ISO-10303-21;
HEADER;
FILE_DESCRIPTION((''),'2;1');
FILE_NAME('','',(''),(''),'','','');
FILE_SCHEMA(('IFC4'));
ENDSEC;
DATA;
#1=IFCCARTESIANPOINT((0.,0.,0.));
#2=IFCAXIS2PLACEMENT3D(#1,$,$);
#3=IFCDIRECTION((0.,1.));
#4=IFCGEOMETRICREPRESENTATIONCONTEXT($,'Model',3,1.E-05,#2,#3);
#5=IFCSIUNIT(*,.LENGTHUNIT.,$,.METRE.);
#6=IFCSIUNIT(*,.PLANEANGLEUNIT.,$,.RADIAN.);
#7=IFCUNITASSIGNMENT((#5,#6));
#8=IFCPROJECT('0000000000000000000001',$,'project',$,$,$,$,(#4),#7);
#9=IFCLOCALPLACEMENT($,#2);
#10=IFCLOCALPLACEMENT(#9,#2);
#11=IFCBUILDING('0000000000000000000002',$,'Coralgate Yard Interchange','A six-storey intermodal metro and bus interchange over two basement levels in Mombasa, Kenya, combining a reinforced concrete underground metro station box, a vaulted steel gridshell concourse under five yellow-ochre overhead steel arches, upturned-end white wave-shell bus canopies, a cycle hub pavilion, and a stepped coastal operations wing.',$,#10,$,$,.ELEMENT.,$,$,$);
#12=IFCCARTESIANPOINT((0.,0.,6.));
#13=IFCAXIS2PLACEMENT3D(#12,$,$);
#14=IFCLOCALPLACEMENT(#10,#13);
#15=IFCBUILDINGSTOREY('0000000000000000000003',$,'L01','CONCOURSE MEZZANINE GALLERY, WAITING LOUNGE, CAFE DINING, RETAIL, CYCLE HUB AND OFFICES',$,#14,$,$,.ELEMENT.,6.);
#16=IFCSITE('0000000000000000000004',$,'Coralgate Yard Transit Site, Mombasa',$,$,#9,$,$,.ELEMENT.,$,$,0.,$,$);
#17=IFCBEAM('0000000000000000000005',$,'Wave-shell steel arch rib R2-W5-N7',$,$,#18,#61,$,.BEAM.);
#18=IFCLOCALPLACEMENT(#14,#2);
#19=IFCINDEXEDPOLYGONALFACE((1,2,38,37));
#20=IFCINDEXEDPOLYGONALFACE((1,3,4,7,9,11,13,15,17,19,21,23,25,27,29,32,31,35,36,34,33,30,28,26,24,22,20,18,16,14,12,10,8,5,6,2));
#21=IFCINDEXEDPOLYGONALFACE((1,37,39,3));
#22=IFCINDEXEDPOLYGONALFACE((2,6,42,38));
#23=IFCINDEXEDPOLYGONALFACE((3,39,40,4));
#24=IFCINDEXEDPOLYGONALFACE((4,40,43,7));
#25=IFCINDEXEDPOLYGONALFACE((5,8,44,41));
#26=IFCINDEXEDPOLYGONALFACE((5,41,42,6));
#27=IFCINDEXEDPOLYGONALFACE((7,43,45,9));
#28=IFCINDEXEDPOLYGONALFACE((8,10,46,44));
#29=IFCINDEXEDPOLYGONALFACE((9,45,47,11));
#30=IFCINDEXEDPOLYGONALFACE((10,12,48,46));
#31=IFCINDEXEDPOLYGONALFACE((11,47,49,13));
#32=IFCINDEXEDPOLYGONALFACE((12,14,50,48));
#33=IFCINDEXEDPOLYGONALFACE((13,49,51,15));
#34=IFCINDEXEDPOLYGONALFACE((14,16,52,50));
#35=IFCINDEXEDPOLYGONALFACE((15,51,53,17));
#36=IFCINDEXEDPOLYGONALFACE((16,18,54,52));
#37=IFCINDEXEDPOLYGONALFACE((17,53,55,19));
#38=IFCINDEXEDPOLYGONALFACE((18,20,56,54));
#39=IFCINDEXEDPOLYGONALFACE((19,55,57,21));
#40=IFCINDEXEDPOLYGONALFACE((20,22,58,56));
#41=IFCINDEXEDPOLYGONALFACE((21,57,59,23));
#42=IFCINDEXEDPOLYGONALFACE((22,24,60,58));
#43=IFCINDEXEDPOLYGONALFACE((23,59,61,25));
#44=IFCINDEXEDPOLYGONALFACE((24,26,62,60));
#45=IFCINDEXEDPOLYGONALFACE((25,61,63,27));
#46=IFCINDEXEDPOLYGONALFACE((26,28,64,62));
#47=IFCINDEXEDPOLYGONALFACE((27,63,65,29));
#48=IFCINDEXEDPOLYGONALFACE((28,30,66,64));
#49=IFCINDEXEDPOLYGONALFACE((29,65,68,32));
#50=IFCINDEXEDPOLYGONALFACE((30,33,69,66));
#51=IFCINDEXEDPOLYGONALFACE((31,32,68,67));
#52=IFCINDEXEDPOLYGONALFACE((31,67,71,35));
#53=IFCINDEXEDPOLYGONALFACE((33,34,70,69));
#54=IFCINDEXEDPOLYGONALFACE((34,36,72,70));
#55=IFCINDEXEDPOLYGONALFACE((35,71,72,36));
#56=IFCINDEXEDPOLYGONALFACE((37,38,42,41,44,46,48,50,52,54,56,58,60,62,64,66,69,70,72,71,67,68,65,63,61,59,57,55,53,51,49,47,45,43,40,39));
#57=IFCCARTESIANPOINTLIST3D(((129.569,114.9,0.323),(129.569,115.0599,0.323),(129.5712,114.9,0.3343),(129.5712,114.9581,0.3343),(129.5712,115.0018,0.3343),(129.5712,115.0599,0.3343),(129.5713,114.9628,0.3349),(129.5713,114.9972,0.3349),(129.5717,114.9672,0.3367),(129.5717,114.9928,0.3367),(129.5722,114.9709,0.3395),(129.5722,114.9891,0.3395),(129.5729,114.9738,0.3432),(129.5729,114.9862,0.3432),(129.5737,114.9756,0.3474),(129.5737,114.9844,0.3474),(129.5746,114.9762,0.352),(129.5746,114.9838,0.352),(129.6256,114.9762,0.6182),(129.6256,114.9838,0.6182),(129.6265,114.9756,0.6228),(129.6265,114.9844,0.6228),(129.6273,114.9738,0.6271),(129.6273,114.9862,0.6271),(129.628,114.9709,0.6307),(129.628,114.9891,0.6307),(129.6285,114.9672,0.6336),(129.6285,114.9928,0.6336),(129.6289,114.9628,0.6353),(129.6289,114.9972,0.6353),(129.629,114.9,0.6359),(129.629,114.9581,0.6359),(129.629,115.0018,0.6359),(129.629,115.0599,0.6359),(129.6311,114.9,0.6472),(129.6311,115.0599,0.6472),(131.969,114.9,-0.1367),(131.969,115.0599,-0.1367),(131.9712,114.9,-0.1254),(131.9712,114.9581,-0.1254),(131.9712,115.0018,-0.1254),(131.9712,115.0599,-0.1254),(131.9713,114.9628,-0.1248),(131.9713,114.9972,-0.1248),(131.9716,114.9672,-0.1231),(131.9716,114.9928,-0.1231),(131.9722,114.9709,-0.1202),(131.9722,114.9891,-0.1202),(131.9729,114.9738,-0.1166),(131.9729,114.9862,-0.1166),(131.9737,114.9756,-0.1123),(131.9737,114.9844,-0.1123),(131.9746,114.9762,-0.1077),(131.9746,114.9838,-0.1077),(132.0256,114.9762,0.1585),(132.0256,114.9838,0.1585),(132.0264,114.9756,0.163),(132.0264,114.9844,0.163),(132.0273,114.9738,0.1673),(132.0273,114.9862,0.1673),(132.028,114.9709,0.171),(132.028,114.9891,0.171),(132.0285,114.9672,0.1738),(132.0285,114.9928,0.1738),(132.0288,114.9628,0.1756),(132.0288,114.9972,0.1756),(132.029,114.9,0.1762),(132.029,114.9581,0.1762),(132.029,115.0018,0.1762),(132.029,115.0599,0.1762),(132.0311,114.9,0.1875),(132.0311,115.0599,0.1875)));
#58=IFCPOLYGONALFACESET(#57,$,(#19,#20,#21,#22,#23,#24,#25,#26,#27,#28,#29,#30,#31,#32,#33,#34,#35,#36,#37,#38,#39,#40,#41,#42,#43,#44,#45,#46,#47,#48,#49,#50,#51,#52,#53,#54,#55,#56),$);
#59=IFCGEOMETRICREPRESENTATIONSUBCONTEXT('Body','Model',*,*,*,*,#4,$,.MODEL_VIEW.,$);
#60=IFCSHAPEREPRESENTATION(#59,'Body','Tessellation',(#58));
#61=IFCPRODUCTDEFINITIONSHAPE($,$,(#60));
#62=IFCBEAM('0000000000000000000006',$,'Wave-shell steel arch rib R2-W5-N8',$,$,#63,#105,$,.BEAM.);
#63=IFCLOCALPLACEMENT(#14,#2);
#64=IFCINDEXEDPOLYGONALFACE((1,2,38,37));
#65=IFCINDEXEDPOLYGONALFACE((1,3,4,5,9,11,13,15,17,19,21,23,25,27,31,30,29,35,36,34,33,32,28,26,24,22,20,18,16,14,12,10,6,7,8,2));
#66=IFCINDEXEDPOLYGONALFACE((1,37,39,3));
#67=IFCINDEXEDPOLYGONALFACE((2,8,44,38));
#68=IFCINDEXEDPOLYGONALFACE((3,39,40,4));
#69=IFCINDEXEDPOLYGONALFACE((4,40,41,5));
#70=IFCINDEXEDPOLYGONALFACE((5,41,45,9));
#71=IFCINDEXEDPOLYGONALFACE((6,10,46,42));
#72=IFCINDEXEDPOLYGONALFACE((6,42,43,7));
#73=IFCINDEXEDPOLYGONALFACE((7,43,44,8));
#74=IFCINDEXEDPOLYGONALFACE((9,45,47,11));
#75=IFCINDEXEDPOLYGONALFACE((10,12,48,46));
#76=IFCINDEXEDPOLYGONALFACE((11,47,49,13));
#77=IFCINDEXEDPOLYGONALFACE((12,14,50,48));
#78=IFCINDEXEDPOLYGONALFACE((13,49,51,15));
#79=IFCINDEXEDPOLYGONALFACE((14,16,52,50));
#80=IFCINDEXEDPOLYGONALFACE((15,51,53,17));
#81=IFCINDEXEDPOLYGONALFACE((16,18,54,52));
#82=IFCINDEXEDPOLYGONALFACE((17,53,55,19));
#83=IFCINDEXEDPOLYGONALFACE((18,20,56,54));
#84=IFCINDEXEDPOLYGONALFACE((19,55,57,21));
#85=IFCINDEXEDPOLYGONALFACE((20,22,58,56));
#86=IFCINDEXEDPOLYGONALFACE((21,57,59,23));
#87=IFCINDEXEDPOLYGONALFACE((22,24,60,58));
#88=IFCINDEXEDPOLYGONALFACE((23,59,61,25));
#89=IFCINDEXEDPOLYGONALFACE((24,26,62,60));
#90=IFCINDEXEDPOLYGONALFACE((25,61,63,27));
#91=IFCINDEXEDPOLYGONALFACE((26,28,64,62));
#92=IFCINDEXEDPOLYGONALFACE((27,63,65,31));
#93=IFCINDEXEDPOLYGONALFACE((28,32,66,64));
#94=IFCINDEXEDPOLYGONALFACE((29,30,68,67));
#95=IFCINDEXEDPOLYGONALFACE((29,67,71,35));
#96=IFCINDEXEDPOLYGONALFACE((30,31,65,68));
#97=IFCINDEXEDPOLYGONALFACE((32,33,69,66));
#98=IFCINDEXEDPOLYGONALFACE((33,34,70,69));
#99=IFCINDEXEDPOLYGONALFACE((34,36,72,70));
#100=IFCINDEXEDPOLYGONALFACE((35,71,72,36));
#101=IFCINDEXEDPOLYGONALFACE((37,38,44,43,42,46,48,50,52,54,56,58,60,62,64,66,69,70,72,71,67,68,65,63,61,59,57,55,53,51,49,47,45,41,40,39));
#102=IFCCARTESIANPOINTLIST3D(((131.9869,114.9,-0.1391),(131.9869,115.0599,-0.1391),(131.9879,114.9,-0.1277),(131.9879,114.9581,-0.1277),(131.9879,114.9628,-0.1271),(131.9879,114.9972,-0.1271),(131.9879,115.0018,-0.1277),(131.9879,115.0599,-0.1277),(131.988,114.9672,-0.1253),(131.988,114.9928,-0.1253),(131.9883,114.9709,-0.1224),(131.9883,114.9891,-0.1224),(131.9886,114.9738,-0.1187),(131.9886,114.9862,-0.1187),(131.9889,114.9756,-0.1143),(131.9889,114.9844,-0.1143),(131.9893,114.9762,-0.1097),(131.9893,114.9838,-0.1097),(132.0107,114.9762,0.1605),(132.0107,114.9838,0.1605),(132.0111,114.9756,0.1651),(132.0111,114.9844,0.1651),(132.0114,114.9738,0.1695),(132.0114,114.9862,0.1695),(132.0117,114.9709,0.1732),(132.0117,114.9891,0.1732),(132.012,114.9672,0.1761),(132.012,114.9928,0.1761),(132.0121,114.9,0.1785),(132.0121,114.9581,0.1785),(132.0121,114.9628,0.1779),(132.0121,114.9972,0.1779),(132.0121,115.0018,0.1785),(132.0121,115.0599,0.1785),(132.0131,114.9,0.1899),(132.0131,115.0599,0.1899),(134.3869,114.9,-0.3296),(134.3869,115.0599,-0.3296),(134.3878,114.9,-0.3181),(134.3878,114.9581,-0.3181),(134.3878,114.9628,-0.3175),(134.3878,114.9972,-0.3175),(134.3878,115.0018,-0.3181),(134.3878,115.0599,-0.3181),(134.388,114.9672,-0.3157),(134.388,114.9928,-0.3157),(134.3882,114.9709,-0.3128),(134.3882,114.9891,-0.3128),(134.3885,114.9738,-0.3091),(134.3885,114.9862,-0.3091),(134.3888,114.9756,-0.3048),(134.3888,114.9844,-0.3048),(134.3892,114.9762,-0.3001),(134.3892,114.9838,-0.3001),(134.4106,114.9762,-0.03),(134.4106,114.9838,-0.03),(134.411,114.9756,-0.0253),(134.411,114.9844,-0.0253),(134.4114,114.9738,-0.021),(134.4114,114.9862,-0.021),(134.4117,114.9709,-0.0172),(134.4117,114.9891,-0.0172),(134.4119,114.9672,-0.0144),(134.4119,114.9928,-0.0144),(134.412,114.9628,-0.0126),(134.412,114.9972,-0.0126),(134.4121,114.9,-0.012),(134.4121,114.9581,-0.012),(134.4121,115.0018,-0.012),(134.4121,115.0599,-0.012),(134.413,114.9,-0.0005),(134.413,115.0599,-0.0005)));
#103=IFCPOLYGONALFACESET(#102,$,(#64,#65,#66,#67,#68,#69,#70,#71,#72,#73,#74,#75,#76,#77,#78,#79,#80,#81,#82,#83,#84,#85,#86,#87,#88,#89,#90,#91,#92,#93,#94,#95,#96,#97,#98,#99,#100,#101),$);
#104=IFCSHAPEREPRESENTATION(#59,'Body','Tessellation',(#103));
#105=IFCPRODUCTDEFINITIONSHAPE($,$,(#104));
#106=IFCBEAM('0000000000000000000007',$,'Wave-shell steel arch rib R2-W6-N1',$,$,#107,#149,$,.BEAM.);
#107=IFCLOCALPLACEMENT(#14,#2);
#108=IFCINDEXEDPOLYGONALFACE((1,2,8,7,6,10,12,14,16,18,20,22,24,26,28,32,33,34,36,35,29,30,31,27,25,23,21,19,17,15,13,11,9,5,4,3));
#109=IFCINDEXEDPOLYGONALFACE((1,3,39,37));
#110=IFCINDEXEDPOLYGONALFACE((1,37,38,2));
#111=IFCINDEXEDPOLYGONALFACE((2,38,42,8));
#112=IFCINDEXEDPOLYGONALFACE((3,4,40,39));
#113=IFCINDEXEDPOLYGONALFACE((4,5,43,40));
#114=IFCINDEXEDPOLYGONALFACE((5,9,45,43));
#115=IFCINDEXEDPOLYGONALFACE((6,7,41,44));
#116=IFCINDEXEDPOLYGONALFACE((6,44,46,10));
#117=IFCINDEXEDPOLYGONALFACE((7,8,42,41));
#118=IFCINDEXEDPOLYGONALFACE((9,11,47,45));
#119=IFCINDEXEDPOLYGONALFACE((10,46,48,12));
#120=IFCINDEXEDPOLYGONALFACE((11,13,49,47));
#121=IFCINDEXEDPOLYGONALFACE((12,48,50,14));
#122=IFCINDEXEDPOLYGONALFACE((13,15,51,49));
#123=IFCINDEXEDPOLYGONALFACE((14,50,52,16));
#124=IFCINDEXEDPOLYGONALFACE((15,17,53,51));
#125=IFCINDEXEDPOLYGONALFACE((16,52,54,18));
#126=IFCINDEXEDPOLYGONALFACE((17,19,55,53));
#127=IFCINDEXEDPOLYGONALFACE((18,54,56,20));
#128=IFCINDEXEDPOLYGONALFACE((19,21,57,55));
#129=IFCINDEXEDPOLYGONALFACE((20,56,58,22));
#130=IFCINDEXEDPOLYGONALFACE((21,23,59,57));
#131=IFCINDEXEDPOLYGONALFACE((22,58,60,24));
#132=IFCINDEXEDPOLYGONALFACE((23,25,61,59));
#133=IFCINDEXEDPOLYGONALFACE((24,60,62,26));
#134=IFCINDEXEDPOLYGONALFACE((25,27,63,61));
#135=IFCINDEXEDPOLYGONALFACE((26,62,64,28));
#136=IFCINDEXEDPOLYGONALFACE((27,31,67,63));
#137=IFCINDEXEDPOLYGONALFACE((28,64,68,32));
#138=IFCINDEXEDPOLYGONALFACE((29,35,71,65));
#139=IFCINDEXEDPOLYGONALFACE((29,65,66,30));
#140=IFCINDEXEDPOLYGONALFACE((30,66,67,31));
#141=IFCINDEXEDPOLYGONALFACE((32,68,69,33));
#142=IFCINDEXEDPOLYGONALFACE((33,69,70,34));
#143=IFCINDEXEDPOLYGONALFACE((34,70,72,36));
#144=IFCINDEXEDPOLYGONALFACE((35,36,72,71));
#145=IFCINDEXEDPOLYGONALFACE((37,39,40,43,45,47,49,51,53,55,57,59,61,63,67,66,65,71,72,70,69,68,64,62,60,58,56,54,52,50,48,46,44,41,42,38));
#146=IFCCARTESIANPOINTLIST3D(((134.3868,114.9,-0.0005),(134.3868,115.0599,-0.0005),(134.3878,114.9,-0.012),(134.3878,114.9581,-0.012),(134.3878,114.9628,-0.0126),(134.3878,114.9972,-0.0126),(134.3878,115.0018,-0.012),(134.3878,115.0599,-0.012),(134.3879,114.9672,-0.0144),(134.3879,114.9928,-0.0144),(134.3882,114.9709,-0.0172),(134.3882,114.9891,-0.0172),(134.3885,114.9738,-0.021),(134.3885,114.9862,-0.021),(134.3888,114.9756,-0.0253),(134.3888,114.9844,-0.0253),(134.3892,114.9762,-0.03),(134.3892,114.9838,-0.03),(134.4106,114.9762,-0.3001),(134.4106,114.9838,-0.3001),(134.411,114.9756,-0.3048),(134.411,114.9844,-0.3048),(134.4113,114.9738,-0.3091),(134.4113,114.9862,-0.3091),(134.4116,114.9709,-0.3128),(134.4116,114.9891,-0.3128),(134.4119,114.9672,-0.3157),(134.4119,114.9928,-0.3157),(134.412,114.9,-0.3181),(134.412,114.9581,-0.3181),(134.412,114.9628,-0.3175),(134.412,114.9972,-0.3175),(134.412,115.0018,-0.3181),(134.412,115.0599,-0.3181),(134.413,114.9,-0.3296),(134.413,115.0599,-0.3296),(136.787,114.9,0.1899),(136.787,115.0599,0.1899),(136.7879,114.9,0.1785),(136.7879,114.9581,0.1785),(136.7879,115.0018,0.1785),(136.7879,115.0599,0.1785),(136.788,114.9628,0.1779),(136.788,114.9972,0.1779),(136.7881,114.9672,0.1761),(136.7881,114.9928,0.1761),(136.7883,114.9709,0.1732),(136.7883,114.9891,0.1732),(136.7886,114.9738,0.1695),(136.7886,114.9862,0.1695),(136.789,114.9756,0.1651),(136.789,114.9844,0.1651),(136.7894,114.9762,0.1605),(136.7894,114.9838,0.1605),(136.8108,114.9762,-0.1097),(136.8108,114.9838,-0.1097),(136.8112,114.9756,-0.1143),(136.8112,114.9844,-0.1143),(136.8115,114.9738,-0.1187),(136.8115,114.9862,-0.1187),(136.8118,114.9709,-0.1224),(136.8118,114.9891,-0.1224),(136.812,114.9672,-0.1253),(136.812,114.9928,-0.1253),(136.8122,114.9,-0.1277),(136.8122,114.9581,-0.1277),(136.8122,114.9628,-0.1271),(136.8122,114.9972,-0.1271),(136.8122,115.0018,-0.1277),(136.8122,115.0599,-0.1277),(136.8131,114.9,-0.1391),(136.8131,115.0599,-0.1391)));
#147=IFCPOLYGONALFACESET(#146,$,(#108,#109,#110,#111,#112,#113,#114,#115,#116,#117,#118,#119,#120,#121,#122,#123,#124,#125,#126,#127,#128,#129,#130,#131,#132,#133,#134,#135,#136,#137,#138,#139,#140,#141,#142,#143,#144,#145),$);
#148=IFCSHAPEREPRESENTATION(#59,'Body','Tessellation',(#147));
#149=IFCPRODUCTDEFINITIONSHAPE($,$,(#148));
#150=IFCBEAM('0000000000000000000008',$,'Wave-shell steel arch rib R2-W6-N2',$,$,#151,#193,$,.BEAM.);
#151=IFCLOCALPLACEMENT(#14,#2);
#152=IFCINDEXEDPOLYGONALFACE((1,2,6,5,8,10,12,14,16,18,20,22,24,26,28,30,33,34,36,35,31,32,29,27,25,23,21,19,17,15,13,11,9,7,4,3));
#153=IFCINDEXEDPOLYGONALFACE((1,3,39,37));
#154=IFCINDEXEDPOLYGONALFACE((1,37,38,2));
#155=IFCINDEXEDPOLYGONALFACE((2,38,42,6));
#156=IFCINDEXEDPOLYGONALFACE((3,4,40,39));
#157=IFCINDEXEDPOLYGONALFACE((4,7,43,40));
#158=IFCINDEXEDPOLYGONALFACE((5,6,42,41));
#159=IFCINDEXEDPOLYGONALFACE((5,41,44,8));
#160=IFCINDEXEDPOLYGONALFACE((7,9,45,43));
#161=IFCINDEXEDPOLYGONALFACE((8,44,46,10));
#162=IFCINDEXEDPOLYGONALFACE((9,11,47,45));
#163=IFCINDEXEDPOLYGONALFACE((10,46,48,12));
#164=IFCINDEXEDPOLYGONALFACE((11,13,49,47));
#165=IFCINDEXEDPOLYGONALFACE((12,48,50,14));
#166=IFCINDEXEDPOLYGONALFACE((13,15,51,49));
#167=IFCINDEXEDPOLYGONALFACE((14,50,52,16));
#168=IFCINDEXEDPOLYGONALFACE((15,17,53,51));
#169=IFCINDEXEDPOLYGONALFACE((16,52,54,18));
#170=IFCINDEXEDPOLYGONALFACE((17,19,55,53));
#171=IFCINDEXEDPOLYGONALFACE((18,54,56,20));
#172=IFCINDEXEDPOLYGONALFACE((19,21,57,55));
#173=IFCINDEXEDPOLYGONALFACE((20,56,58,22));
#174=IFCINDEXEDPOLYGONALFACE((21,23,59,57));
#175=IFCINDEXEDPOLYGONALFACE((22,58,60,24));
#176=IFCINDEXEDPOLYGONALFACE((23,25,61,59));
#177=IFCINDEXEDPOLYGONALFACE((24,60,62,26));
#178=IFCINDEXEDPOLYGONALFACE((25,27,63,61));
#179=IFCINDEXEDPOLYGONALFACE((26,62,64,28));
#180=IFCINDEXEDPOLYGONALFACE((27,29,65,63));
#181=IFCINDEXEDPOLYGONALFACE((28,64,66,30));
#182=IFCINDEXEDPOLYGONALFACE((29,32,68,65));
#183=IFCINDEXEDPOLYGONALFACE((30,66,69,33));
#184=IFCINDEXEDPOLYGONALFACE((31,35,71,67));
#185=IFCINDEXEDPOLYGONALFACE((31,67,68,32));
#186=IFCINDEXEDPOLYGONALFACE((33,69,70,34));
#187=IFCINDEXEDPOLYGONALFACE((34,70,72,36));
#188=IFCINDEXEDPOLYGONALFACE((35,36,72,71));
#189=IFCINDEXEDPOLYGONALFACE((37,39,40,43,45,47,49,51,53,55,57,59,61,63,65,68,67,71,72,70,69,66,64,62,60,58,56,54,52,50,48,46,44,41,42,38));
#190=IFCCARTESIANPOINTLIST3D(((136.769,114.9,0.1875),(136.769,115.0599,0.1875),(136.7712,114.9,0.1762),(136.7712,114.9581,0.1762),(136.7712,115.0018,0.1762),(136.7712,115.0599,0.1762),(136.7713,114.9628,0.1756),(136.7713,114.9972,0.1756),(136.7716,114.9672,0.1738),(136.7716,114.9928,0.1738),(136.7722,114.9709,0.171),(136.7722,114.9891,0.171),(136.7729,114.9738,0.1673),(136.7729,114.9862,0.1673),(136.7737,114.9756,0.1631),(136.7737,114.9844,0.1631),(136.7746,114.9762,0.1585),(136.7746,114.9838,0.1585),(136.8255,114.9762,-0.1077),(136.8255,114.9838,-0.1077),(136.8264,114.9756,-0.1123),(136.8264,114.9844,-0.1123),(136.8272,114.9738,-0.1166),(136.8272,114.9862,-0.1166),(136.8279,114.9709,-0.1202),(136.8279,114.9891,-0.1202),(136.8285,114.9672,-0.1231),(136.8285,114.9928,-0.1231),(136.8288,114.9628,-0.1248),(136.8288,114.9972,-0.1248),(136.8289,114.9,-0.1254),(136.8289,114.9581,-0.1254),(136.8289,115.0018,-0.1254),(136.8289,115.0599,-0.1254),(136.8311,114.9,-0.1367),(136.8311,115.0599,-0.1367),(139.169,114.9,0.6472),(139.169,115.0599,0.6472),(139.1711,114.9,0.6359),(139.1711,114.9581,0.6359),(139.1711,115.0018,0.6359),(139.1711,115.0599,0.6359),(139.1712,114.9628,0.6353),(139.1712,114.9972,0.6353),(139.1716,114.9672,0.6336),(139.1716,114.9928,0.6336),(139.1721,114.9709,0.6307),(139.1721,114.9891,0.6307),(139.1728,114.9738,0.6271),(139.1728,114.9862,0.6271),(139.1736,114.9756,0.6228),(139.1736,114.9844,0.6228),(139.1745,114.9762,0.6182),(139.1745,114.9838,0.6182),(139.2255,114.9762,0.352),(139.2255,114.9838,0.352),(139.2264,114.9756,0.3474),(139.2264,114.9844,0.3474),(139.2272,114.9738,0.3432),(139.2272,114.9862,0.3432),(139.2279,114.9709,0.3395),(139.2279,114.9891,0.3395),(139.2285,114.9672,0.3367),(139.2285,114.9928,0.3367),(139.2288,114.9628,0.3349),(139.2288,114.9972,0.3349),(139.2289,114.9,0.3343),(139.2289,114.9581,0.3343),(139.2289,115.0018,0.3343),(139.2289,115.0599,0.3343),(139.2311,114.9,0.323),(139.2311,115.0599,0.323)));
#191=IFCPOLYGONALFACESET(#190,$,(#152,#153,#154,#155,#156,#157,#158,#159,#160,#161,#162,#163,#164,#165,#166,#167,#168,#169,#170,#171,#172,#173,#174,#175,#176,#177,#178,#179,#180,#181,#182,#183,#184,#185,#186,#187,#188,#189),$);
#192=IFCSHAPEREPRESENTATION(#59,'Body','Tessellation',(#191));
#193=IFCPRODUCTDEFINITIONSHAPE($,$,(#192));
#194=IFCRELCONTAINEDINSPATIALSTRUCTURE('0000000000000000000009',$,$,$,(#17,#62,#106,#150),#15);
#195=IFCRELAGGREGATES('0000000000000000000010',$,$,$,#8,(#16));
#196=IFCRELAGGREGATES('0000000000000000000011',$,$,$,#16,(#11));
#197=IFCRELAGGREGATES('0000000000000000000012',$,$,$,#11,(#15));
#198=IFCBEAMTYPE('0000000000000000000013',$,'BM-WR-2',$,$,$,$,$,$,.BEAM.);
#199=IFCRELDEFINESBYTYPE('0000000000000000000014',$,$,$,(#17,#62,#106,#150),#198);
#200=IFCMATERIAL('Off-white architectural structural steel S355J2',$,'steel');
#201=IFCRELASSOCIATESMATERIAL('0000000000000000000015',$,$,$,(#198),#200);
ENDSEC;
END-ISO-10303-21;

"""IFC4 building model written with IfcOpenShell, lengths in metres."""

from ifc_helpers import new_model, si_unit, direction, frame, origin, origin_2d, place, context, subcontext, project, spatial, i_section, extrude, material, material_profile, profile_set, type_object, element, save


model = new_model("IFC4")

# Units and contexts
model_context = context("Model", 3, precision=1e-05, world=origin(), true_north=direction((0.0, 1.0)))
body_context = subcontext(model_context, "Body", "Model", "MODEL_VIEW")
ifc_project = project(units=[si_unit("LENGTHUNIT", "METRE"), si_unit("PLANEANGLEUNIT", "RADIAN")], contexts=[model_context])

# Site, building, storey
site_placement = place(None, origin())
site = spatial("IfcSite", under=ifc_project, at=site_placement, Name="Coralgate Yard Transit Site, Mombasa", CompositionType="ELEMENT", RefElevation=0.0)
building_placement = place(site_placement, origin())
building = spatial("IfcBuilding", under=site, at=building_placement, Name="Coralgate Yard Interchange", Description="A six-storey intermodal metro and bus interchange over two basement levels in Mombasa, Kenya, combining a reinforced concrete underground metro station box, a vaulted steel gridshell concourse under five yellow-ochre overhead steel arches, upturned-end white wave-shell bus canopies, a cycle hub pavilion, and a stepped coastal operations wing.", CompositionType="ELEMENT")
storey_placement = place(building_placement, frame((0.0, 0.0, 6.0)))
storey = spatial("IfcBuildingStorey", under=building, at=storey_placement, Name="L01", Description="CONCOURSE MEZZANINE GALLERY, WAITING LOUNGE, CAFE DINING, RETAIL, CYCLE HUB AND OFFICES", CompositionType="ELEMENT", Elevation=6.0)

# Beams
ifc_material_1 = material(Name="Off-white architectural structural steel S355J2", Category="steel")
ifc_material_profile_1 = material_profile(ifc_material_1, i_section(OverallWidth=0.1599, OverallDepth=0.3301, WebThickness=0.0076, FlangeThickness=0.0115, FilletRadius=0.0181, at=origin_2d()), Name="IPE 330")
ifc_profile_set_1 = profile_set([ifc_material_profile_1], Name="Off-white architectural structural steel S355J2")
beam_type_1 = type_object("IfcBeamType", Name="BM-WR-2", PredefinedType="BEAM", material=ifc_profile_set_1)
beam_1_placement = place(storey_placement, frame((129.6001, 114.98, 0.4851), z_axis=(0.982143, 0.0, -0.188136), x_axis=(0.0, 1.0, 0.0)))
element("IfcBeam", 1, at=beam_1_placement, inside=storey, type_object=beam_type_1, Name="Wave-shell steel arch rib R2-W5-N7", PredefinedType="BEAM", context=body_context, shape_type="SweptSolid", body=[
    extrude(i_section(OverallWidth=0.1599, OverallDepth=0.3301, WebThickness=0.0076, FlangeThickness=0.0115, FilletRadius=0.0181, at=origin_2d()), origin(), (0.0, 0.0, 1.0), 2.4436),
])
beam_2_placement = place(storey_placement, frame((132.0, 114.98, 0.0254), z_axis=(0.996867, 0.0, -0.0791), x_axis=(0.0, 1.0, 0.0)))
element("IfcBeam", 2, at=beam_2_placement, inside=storey, type_object=beam_type_1, Name="Wave-shell steel arch rib R2-W5-N8", PredefinedType="BEAM", context=body_context, shape_type="SweptSolid", body=[
    extrude(i_section(OverallWidth=0.1599, OverallDepth=0.3301, WebThickness=0.0076, FlangeThickness=0.0115, FilletRadius=0.0181, at=origin_2d()), origin(), (0.0, 0.0, 1.0), 2.4075),
])
beam_3_placement = place(storey_placement, frame((134.3999, 114.98, -0.165), z_axis=(0.996867, 0.0, 0.079092), x_axis=(0.0, 1.0, 0.0)))
element("IfcBeam", 3, at=beam_3_placement, inside=storey, type_object=beam_type_1, Name="Wave-shell steel arch rib R2-W6-N1", PredefinedType="BEAM", context=body_context, shape_type="SweptSolid", body=[
    extrude(i_section(OverallWidth=0.1599, OverallDepth=0.3301, WebThickness=0.0076, FlangeThickness=0.0115, FilletRadius=0.0181, at=origin_2d()), origin(), (0.0, 0.0, 1.0), 2.4077),
])
beam_4_placement = place(storey_placement, frame((136.8, 114.98, 0.0254), z_axis=(0.982143, 0.0, 0.188136), x_axis=(0.0, 1.0, 0.0)))
element("IfcBeam", 4, at=beam_4_placement, inside=storey, type_object=beam_type_1, Name="Wave-shell steel arch rib R2-W6-N2", PredefinedType="BEAM", context=body_context, shape_type="SweptSolid", body=[
    extrude(i_section(OverallWidth=0.1599, OverallDepth=0.3301, WebThickness=0.0076, FlangeThickness=0.0115, FilletRadius=0.0181, at=origin_2d()), origin(), (0.0, 0.0, 1.0), 2.4436),
])

save(model, "model.ifc")
